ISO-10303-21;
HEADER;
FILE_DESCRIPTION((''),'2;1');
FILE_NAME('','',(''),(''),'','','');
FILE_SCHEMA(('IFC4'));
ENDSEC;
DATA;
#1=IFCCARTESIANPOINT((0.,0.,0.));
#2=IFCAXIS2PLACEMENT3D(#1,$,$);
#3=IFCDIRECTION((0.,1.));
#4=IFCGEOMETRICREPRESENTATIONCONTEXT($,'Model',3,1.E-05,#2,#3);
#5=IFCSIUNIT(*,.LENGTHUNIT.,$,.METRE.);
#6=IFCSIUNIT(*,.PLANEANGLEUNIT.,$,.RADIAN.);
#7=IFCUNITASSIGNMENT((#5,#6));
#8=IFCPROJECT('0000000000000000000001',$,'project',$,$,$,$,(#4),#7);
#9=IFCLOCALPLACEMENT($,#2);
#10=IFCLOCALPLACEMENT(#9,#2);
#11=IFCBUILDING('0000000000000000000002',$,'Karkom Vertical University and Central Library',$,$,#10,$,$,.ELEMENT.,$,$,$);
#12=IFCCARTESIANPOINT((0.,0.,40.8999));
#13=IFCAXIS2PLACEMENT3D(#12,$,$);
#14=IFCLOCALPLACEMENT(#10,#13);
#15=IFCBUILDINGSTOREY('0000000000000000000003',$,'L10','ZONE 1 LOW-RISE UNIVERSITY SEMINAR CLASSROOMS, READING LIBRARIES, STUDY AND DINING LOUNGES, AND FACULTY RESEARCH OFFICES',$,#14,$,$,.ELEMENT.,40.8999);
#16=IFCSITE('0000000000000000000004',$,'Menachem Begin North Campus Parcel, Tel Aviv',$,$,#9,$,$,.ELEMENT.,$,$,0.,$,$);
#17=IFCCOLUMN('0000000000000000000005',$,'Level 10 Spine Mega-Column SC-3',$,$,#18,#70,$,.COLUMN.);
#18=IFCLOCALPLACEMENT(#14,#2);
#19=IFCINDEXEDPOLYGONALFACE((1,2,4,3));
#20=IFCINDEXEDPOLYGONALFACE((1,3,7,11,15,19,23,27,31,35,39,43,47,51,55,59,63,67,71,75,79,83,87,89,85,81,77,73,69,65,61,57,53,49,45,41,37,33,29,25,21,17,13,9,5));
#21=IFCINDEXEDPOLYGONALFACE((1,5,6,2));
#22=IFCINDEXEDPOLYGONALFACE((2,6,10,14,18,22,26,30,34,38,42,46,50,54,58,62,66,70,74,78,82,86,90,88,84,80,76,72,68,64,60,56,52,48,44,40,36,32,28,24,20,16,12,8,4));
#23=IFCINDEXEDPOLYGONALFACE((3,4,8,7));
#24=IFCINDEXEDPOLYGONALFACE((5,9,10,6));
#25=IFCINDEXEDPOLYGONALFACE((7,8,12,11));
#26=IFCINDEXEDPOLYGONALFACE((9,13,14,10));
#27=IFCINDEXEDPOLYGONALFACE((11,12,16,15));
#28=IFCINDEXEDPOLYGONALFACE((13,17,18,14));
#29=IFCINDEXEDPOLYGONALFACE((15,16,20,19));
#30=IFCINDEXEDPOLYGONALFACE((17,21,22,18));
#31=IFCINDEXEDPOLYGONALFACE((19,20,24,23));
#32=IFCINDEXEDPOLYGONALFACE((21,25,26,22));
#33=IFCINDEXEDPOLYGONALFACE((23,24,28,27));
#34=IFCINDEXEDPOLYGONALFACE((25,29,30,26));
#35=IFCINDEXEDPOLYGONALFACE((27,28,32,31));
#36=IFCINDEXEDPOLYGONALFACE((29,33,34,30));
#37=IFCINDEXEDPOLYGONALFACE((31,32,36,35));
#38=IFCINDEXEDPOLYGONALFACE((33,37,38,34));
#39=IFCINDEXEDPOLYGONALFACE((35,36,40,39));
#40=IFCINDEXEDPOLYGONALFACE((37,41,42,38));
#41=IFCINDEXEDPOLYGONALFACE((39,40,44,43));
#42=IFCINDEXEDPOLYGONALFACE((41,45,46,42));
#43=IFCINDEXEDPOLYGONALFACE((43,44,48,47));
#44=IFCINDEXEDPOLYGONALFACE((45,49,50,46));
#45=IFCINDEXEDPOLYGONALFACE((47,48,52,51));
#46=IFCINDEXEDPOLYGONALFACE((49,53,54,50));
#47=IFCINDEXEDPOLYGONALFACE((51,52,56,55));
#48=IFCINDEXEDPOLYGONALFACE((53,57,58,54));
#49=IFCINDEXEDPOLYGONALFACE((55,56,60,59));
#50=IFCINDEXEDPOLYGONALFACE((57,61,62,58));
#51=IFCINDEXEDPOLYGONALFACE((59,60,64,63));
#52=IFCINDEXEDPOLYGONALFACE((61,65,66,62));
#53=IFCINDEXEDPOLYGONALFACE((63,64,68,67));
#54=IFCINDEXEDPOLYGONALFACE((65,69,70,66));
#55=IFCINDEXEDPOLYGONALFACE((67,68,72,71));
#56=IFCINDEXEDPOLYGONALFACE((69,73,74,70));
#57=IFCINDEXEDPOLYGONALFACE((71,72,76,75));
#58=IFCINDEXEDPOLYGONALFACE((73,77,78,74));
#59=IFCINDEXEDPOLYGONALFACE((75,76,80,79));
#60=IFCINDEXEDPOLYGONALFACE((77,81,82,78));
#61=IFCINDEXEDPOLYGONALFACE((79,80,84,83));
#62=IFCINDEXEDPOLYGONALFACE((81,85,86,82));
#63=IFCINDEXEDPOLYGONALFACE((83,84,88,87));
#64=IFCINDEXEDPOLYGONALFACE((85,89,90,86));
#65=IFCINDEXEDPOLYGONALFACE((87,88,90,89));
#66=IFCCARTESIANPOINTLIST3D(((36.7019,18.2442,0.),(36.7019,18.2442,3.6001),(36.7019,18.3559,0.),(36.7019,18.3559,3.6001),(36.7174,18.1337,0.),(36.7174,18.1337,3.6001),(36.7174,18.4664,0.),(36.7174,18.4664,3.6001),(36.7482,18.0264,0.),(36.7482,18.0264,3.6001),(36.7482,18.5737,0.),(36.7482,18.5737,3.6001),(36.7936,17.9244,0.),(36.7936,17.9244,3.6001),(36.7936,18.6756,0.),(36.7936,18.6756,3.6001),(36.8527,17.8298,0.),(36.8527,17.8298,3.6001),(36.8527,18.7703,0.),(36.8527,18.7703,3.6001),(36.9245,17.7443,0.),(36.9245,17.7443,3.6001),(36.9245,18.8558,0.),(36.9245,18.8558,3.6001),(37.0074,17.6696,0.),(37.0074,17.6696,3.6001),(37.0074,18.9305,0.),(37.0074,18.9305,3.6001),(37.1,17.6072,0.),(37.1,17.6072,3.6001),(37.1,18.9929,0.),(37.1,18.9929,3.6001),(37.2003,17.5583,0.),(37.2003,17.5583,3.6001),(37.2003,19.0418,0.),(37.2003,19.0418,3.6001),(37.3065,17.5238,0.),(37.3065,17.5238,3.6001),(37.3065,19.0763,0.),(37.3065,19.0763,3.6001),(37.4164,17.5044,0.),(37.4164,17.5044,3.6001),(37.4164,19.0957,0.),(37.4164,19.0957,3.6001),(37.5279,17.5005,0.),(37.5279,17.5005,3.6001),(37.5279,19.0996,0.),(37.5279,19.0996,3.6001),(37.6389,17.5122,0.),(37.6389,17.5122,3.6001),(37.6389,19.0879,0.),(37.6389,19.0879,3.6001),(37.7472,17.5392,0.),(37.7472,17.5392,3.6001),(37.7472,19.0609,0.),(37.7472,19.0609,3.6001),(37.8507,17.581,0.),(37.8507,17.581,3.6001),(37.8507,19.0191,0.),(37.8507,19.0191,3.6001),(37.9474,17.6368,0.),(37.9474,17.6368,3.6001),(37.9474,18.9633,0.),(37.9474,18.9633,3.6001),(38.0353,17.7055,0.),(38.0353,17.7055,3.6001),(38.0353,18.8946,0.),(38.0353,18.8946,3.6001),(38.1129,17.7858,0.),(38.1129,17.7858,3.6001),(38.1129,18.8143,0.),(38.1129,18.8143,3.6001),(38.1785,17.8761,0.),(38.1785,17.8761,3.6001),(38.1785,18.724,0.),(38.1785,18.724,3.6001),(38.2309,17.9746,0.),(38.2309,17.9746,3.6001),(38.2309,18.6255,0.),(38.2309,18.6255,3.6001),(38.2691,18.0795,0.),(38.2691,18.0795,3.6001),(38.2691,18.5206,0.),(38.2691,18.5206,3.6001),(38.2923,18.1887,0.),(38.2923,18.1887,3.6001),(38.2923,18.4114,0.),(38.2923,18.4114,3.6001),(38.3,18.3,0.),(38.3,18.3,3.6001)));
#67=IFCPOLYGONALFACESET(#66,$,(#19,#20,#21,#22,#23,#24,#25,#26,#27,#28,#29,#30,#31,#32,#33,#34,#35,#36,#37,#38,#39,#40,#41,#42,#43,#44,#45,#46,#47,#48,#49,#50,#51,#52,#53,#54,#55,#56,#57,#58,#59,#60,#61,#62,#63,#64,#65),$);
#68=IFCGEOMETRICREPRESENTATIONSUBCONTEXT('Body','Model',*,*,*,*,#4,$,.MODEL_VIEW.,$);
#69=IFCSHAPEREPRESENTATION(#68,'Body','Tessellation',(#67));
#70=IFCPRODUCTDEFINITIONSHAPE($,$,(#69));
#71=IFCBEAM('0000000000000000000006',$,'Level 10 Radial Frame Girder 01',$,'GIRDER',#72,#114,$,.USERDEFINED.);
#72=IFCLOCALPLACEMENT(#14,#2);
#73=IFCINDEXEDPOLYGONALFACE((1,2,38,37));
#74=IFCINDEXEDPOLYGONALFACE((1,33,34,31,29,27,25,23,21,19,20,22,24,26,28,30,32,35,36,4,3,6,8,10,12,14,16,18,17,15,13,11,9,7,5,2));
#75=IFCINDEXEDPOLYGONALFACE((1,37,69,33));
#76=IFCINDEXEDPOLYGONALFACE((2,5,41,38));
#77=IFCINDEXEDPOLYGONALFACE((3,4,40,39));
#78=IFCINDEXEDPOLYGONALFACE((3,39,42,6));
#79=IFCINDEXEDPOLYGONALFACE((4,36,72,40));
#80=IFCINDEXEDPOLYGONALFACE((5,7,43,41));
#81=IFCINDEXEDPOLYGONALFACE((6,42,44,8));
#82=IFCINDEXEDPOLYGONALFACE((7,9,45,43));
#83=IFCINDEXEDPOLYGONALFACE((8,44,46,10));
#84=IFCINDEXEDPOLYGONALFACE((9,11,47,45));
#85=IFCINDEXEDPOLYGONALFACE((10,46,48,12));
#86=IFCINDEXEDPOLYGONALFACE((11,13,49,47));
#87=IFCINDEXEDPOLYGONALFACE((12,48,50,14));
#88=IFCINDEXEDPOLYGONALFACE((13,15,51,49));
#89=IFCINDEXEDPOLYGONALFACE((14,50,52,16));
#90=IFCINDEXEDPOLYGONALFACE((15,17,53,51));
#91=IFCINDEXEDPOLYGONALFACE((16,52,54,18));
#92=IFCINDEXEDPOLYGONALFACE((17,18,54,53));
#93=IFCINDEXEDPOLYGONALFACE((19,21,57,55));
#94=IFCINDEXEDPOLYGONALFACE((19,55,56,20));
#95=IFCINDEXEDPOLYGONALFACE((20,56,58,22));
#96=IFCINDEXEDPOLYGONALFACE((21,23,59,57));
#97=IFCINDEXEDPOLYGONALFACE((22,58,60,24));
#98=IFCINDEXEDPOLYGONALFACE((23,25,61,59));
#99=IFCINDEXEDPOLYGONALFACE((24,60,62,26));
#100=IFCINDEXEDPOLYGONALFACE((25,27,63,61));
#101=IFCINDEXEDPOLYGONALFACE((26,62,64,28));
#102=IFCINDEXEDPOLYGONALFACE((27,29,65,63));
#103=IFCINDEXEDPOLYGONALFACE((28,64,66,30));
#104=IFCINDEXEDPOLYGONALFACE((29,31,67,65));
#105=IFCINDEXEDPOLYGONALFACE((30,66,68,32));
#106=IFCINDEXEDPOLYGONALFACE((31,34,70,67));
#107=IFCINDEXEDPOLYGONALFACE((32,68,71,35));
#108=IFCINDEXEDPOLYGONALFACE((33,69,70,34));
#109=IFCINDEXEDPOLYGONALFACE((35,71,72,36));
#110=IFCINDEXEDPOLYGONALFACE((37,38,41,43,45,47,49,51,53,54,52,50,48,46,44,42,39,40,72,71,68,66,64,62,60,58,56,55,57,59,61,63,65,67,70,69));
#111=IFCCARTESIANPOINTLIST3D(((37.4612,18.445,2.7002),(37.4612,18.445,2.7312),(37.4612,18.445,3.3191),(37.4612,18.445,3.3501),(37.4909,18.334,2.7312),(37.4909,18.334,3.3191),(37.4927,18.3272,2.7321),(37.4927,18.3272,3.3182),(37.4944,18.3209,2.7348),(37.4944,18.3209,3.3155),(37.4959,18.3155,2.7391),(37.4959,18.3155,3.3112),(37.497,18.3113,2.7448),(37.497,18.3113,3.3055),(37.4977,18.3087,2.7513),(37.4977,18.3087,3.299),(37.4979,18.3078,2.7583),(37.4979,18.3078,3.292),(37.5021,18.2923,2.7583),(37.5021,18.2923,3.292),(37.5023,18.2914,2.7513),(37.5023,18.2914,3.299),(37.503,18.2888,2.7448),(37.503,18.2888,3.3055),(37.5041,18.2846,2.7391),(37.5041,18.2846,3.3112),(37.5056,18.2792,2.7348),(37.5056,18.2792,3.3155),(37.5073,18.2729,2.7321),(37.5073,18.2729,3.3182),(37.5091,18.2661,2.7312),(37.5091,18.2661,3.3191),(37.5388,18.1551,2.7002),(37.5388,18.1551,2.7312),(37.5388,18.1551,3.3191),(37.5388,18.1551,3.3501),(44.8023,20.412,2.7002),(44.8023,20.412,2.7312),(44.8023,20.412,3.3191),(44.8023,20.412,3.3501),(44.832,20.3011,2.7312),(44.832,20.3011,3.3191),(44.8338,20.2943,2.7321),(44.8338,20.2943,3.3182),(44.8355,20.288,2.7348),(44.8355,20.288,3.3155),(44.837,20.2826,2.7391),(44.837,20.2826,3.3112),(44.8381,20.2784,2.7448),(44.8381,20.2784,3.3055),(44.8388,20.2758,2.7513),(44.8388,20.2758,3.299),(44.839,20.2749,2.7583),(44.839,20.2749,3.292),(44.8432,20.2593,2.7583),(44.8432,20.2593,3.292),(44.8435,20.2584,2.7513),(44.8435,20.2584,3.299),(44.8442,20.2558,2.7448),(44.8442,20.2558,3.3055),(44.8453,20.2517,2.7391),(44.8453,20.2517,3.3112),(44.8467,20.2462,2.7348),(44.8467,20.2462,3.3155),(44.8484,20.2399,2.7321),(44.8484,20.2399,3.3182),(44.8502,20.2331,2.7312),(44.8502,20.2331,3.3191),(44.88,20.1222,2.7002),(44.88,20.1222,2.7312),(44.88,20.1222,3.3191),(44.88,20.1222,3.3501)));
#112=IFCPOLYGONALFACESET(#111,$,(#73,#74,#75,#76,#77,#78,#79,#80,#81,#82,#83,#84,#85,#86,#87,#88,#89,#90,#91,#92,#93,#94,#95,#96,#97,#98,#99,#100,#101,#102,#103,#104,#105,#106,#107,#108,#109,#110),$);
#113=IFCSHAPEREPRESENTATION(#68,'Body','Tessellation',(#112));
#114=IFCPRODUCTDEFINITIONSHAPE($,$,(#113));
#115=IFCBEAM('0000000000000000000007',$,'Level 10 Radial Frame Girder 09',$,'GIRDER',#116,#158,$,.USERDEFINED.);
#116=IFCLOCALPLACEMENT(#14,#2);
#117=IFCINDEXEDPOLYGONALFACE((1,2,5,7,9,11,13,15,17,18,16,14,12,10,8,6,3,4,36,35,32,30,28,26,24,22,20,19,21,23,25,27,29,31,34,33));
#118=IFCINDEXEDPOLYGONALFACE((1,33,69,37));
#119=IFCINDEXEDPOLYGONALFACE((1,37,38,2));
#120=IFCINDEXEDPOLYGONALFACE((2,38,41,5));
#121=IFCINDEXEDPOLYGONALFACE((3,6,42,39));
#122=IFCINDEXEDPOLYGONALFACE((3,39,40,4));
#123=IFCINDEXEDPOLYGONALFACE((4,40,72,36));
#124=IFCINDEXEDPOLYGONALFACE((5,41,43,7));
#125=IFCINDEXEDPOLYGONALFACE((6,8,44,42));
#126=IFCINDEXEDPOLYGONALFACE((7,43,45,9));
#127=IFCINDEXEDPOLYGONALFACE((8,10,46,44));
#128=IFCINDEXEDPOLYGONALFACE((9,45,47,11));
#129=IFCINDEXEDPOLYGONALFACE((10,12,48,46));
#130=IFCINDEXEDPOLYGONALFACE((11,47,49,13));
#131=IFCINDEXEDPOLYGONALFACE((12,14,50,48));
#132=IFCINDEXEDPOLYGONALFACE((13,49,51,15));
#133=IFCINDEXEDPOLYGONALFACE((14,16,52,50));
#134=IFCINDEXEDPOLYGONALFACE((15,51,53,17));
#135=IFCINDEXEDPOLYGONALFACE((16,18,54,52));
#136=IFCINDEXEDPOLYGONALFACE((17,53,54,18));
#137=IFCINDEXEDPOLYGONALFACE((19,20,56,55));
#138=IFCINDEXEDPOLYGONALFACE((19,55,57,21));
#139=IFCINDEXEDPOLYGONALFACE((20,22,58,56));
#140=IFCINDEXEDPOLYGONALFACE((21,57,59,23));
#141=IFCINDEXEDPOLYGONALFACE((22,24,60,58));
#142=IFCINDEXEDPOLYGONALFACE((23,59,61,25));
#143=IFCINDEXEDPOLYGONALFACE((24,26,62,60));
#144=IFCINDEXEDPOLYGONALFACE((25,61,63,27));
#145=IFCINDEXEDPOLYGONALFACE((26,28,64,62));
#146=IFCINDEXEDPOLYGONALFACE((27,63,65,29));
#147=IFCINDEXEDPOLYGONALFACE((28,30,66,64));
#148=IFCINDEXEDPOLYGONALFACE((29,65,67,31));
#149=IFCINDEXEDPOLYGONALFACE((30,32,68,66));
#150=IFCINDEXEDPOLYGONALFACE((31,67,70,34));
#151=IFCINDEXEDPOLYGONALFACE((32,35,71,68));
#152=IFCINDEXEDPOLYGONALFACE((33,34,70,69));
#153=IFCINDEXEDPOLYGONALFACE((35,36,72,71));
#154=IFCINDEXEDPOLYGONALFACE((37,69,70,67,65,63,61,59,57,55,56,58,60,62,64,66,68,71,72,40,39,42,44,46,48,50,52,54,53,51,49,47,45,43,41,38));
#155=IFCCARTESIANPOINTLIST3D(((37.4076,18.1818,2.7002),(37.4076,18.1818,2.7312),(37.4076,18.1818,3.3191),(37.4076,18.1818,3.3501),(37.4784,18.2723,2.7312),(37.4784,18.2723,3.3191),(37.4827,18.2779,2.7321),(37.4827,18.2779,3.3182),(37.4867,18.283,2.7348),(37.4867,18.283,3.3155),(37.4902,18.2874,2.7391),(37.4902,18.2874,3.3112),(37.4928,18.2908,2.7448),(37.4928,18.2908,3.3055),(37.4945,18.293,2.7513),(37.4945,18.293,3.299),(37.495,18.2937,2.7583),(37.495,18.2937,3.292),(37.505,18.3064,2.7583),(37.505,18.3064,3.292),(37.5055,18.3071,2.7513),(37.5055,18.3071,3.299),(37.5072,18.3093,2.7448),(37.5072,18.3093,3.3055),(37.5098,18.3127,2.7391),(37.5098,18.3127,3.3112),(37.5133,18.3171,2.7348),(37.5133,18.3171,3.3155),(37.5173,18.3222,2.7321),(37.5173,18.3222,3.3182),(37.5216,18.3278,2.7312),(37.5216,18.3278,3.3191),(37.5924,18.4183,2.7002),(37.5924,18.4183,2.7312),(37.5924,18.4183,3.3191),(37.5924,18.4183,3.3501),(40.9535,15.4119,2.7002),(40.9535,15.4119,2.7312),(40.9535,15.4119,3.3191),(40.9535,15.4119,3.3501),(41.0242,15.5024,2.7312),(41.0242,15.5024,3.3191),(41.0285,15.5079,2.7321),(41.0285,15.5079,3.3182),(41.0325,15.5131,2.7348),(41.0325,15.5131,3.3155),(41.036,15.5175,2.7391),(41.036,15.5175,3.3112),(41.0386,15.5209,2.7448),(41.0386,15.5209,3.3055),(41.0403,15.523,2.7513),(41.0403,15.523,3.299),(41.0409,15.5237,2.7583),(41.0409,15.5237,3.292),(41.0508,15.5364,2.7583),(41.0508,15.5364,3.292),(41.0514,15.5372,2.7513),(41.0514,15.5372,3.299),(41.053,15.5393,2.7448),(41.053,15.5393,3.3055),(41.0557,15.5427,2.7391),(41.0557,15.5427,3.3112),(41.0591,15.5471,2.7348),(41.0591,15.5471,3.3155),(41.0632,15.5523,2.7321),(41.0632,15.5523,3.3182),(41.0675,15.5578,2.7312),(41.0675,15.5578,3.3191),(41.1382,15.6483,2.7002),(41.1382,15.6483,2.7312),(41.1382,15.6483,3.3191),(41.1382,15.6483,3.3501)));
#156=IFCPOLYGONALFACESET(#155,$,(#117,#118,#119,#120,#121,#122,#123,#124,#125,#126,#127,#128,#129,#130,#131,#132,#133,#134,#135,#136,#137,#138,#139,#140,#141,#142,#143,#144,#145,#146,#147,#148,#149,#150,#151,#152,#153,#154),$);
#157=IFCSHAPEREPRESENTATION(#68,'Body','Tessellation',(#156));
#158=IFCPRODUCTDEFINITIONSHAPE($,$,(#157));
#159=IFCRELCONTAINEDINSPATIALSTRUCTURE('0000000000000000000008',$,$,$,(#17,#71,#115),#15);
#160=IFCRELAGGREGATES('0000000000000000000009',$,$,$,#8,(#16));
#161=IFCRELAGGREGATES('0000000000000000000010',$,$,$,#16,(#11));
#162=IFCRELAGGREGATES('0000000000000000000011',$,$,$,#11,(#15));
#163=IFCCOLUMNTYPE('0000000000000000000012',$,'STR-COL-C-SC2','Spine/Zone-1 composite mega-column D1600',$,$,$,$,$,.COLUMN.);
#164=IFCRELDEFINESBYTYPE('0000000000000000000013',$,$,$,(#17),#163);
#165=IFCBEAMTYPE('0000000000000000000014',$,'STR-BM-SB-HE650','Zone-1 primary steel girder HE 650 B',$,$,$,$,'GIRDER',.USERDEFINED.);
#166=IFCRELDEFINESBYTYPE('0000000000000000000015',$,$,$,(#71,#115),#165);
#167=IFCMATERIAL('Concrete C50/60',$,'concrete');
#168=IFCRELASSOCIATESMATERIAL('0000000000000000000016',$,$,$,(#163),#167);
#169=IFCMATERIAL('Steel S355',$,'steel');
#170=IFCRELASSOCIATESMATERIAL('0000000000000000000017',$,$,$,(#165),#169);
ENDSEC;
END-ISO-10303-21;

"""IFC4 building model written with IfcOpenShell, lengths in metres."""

from ifc_helpers import new_model, si_unit, direction, frame, origin, origin_with_axes, origin_2d, place, context, subcontext, project, spatial, circle, i_section, extrude, source, transform, mapped, material, material_profile, profile_set, type_object, element, save


model = new_model("IFC4")

# Units and contexts
model_context = context("Model", 3, precision=1e-05, world=origin(), true_north=direction((0.0, 1.0)))
body_context = subcontext(model_context, "Body", "Model", "MODEL_VIEW")
ifc_project = project(units=[si_unit("LENGTHUNIT", "METRE"), si_unit("PLANEANGLEUNIT", "RADIAN")], contexts=[model_context])

# Site, building, storey
site_placement = place(None, origin())
site = spatial("IfcSite", under=ifc_project, at=site_placement, Name="Menachem Begin North Campus Parcel, Tel Aviv", CompositionType="ELEMENT", RefElevation=0.0)
building_placement = place(site_placement, origin())
building = spatial("IfcBuilding", under=site, at=building_placement, Name="Karkom Vertical University and Central Library", CompositionType="ELEMENT")
storey_placement = place(building_placement, frame((0.0, 0.0, 40.8999)))
storey = spatial("IfcBuildingStorey", under=building, at=storey_placement, Name="L10", Description="ZONE 1 LOW-RISE UNIVERSITY SEMINAR CLASSROOMS, READING LIBRARIES, STUDY AND DINING LOUNGES, AND FACULTY RESEARCH OFFICES", CompositionType="ELEMENT", Elevation=40.8999)

# Column
ifc_material_1 = material(Name="Concrete C50/60", Category="concrete")
ifc_material_profile_1 = material_profile(ifc_material_1, circle(Radius=0.8, at=origin_2d()), Name="CFT-D1600")
ifc_profile_set_1 = profile_set([ifc_material_profile_1], Name="Concrete C50/60")
column_type = type_object("IfcColumnType", Name="STR-COL-C-SC2", Description="Spine/Zone-1 composite mega-column D1600", PredefinedType="COLUMN", material=ifc_profile_set_1)
shared_shape_1 = source(origin_with_axes(), body_context, "Body", "SweptSolid", [
    extrude(circle(Radius=0.8, at=origin_2d()), origin(), (0.0, 0.0, 1.0), 3.6001),
])
column_placement = place(storey_placement, frame((37.5, 18.3, 0.0), z_axis=(0.0, 0.0, 1.0), x_axis=(1.0, 0.0, 0.0)))
element("IfcColumn", 1, at=column_placement, inside=storey, type_object=column_type, Name="Level 10 Spine Mega-Column SC-3", PredefinedType="COLUMN", context=body_context, shape_type="MappedRepresentation", body=[
    mapped(shared_shape_1, transform((0.0, 0.0, 0.0), scale=1.0)),
])

# Beams
ifc_material_2 = material(Name="Steel S355", Category="steel")
ifc_material_profile_2 = material_profile(ifc_material_2, i_section(OverallWidth=0.3, OverallDepth=0.6499, WebThickness=0.0161, FlangeThickness=0.031, FilletRadius=0.0271, at=origin_2d()), Name="HE 650 B")
ifc_profile_set_2 = profile_set([ifc_material_profile_2], Name="Steel S355")
beam_type_1 = type_object("IfcBeamType", Name="STR-BM-SB-HE650", Description="Zone-1 primary steel girder HE 650 B", ElementType="GIRDER", PredefinedType="USERDEFINED", material=ifc_profile_set_2)
shared_shape_2 = source(origin_with_axes(), body_context, "Body", "SweptSolid", [
    extrude(i_section(OverallWidth=0.3, OverallDepth=0.6499, WebThickness=0.0161, FlangeThickness=0.031, FilletRadius=0.0271, at=origin_2d()), origin(), (0.0, 0.0, 1.0), 7.6001),
])
beam_1_placement = place(storey_placement, frame((37.5, 18.3, 3.0251), z_axis=(0.965926, 0.25882, 0.0), x_axis=(-0.25882, 0.965926, 0.0)))
element("IfcBeam", 2, at=beam_1_placement, inside=storey, type_object=beam_type_1, Name="Level 10 Radial Frame Girder 01", ObjectType="GIRDER", PredefinedType="USERDEFINED", context=body_context, shape_type="MappedRepresentation", body=[
    mapped(shared_shape_2, transform((0.0, 0.0, 0.0), scale=1.0)),
])
shared_shape_3 = source(origin_with_axes(), body_context, "Body", "SweptSolid", [
    extrude(i_section(OverallWidth=0.3, OverallDepth=0.6499, WebThickness=0.0161, FlangeThickness=0.031, FilletRadius=0.0271, at=origin_2d()), origin(), (0.0, 0.0, 1.0), 4.4995),
])
beam_2_placement = place(storey_placement, frame((37.5, 18.3, 3.0251), z_axis=(0.788047, -0.615615, 0.0), x_axis=(0.615615, 0.788047, 0.0)))
element("IfcBeam", 3, at=beam_2_placement, inside=storey, type_object=beam_type_1, Name="Level 10 Radial Frame Girder 09", ObjectType="GIRDER", PredefinedType="USERDEFINED", context=body_context, shape_type="MappedRepresentation", body=[
    mapped(shared_shape_3, transform((0.0, 0.0, 0.0), scale=1.0)),
])

save(model, "model.ifc")
